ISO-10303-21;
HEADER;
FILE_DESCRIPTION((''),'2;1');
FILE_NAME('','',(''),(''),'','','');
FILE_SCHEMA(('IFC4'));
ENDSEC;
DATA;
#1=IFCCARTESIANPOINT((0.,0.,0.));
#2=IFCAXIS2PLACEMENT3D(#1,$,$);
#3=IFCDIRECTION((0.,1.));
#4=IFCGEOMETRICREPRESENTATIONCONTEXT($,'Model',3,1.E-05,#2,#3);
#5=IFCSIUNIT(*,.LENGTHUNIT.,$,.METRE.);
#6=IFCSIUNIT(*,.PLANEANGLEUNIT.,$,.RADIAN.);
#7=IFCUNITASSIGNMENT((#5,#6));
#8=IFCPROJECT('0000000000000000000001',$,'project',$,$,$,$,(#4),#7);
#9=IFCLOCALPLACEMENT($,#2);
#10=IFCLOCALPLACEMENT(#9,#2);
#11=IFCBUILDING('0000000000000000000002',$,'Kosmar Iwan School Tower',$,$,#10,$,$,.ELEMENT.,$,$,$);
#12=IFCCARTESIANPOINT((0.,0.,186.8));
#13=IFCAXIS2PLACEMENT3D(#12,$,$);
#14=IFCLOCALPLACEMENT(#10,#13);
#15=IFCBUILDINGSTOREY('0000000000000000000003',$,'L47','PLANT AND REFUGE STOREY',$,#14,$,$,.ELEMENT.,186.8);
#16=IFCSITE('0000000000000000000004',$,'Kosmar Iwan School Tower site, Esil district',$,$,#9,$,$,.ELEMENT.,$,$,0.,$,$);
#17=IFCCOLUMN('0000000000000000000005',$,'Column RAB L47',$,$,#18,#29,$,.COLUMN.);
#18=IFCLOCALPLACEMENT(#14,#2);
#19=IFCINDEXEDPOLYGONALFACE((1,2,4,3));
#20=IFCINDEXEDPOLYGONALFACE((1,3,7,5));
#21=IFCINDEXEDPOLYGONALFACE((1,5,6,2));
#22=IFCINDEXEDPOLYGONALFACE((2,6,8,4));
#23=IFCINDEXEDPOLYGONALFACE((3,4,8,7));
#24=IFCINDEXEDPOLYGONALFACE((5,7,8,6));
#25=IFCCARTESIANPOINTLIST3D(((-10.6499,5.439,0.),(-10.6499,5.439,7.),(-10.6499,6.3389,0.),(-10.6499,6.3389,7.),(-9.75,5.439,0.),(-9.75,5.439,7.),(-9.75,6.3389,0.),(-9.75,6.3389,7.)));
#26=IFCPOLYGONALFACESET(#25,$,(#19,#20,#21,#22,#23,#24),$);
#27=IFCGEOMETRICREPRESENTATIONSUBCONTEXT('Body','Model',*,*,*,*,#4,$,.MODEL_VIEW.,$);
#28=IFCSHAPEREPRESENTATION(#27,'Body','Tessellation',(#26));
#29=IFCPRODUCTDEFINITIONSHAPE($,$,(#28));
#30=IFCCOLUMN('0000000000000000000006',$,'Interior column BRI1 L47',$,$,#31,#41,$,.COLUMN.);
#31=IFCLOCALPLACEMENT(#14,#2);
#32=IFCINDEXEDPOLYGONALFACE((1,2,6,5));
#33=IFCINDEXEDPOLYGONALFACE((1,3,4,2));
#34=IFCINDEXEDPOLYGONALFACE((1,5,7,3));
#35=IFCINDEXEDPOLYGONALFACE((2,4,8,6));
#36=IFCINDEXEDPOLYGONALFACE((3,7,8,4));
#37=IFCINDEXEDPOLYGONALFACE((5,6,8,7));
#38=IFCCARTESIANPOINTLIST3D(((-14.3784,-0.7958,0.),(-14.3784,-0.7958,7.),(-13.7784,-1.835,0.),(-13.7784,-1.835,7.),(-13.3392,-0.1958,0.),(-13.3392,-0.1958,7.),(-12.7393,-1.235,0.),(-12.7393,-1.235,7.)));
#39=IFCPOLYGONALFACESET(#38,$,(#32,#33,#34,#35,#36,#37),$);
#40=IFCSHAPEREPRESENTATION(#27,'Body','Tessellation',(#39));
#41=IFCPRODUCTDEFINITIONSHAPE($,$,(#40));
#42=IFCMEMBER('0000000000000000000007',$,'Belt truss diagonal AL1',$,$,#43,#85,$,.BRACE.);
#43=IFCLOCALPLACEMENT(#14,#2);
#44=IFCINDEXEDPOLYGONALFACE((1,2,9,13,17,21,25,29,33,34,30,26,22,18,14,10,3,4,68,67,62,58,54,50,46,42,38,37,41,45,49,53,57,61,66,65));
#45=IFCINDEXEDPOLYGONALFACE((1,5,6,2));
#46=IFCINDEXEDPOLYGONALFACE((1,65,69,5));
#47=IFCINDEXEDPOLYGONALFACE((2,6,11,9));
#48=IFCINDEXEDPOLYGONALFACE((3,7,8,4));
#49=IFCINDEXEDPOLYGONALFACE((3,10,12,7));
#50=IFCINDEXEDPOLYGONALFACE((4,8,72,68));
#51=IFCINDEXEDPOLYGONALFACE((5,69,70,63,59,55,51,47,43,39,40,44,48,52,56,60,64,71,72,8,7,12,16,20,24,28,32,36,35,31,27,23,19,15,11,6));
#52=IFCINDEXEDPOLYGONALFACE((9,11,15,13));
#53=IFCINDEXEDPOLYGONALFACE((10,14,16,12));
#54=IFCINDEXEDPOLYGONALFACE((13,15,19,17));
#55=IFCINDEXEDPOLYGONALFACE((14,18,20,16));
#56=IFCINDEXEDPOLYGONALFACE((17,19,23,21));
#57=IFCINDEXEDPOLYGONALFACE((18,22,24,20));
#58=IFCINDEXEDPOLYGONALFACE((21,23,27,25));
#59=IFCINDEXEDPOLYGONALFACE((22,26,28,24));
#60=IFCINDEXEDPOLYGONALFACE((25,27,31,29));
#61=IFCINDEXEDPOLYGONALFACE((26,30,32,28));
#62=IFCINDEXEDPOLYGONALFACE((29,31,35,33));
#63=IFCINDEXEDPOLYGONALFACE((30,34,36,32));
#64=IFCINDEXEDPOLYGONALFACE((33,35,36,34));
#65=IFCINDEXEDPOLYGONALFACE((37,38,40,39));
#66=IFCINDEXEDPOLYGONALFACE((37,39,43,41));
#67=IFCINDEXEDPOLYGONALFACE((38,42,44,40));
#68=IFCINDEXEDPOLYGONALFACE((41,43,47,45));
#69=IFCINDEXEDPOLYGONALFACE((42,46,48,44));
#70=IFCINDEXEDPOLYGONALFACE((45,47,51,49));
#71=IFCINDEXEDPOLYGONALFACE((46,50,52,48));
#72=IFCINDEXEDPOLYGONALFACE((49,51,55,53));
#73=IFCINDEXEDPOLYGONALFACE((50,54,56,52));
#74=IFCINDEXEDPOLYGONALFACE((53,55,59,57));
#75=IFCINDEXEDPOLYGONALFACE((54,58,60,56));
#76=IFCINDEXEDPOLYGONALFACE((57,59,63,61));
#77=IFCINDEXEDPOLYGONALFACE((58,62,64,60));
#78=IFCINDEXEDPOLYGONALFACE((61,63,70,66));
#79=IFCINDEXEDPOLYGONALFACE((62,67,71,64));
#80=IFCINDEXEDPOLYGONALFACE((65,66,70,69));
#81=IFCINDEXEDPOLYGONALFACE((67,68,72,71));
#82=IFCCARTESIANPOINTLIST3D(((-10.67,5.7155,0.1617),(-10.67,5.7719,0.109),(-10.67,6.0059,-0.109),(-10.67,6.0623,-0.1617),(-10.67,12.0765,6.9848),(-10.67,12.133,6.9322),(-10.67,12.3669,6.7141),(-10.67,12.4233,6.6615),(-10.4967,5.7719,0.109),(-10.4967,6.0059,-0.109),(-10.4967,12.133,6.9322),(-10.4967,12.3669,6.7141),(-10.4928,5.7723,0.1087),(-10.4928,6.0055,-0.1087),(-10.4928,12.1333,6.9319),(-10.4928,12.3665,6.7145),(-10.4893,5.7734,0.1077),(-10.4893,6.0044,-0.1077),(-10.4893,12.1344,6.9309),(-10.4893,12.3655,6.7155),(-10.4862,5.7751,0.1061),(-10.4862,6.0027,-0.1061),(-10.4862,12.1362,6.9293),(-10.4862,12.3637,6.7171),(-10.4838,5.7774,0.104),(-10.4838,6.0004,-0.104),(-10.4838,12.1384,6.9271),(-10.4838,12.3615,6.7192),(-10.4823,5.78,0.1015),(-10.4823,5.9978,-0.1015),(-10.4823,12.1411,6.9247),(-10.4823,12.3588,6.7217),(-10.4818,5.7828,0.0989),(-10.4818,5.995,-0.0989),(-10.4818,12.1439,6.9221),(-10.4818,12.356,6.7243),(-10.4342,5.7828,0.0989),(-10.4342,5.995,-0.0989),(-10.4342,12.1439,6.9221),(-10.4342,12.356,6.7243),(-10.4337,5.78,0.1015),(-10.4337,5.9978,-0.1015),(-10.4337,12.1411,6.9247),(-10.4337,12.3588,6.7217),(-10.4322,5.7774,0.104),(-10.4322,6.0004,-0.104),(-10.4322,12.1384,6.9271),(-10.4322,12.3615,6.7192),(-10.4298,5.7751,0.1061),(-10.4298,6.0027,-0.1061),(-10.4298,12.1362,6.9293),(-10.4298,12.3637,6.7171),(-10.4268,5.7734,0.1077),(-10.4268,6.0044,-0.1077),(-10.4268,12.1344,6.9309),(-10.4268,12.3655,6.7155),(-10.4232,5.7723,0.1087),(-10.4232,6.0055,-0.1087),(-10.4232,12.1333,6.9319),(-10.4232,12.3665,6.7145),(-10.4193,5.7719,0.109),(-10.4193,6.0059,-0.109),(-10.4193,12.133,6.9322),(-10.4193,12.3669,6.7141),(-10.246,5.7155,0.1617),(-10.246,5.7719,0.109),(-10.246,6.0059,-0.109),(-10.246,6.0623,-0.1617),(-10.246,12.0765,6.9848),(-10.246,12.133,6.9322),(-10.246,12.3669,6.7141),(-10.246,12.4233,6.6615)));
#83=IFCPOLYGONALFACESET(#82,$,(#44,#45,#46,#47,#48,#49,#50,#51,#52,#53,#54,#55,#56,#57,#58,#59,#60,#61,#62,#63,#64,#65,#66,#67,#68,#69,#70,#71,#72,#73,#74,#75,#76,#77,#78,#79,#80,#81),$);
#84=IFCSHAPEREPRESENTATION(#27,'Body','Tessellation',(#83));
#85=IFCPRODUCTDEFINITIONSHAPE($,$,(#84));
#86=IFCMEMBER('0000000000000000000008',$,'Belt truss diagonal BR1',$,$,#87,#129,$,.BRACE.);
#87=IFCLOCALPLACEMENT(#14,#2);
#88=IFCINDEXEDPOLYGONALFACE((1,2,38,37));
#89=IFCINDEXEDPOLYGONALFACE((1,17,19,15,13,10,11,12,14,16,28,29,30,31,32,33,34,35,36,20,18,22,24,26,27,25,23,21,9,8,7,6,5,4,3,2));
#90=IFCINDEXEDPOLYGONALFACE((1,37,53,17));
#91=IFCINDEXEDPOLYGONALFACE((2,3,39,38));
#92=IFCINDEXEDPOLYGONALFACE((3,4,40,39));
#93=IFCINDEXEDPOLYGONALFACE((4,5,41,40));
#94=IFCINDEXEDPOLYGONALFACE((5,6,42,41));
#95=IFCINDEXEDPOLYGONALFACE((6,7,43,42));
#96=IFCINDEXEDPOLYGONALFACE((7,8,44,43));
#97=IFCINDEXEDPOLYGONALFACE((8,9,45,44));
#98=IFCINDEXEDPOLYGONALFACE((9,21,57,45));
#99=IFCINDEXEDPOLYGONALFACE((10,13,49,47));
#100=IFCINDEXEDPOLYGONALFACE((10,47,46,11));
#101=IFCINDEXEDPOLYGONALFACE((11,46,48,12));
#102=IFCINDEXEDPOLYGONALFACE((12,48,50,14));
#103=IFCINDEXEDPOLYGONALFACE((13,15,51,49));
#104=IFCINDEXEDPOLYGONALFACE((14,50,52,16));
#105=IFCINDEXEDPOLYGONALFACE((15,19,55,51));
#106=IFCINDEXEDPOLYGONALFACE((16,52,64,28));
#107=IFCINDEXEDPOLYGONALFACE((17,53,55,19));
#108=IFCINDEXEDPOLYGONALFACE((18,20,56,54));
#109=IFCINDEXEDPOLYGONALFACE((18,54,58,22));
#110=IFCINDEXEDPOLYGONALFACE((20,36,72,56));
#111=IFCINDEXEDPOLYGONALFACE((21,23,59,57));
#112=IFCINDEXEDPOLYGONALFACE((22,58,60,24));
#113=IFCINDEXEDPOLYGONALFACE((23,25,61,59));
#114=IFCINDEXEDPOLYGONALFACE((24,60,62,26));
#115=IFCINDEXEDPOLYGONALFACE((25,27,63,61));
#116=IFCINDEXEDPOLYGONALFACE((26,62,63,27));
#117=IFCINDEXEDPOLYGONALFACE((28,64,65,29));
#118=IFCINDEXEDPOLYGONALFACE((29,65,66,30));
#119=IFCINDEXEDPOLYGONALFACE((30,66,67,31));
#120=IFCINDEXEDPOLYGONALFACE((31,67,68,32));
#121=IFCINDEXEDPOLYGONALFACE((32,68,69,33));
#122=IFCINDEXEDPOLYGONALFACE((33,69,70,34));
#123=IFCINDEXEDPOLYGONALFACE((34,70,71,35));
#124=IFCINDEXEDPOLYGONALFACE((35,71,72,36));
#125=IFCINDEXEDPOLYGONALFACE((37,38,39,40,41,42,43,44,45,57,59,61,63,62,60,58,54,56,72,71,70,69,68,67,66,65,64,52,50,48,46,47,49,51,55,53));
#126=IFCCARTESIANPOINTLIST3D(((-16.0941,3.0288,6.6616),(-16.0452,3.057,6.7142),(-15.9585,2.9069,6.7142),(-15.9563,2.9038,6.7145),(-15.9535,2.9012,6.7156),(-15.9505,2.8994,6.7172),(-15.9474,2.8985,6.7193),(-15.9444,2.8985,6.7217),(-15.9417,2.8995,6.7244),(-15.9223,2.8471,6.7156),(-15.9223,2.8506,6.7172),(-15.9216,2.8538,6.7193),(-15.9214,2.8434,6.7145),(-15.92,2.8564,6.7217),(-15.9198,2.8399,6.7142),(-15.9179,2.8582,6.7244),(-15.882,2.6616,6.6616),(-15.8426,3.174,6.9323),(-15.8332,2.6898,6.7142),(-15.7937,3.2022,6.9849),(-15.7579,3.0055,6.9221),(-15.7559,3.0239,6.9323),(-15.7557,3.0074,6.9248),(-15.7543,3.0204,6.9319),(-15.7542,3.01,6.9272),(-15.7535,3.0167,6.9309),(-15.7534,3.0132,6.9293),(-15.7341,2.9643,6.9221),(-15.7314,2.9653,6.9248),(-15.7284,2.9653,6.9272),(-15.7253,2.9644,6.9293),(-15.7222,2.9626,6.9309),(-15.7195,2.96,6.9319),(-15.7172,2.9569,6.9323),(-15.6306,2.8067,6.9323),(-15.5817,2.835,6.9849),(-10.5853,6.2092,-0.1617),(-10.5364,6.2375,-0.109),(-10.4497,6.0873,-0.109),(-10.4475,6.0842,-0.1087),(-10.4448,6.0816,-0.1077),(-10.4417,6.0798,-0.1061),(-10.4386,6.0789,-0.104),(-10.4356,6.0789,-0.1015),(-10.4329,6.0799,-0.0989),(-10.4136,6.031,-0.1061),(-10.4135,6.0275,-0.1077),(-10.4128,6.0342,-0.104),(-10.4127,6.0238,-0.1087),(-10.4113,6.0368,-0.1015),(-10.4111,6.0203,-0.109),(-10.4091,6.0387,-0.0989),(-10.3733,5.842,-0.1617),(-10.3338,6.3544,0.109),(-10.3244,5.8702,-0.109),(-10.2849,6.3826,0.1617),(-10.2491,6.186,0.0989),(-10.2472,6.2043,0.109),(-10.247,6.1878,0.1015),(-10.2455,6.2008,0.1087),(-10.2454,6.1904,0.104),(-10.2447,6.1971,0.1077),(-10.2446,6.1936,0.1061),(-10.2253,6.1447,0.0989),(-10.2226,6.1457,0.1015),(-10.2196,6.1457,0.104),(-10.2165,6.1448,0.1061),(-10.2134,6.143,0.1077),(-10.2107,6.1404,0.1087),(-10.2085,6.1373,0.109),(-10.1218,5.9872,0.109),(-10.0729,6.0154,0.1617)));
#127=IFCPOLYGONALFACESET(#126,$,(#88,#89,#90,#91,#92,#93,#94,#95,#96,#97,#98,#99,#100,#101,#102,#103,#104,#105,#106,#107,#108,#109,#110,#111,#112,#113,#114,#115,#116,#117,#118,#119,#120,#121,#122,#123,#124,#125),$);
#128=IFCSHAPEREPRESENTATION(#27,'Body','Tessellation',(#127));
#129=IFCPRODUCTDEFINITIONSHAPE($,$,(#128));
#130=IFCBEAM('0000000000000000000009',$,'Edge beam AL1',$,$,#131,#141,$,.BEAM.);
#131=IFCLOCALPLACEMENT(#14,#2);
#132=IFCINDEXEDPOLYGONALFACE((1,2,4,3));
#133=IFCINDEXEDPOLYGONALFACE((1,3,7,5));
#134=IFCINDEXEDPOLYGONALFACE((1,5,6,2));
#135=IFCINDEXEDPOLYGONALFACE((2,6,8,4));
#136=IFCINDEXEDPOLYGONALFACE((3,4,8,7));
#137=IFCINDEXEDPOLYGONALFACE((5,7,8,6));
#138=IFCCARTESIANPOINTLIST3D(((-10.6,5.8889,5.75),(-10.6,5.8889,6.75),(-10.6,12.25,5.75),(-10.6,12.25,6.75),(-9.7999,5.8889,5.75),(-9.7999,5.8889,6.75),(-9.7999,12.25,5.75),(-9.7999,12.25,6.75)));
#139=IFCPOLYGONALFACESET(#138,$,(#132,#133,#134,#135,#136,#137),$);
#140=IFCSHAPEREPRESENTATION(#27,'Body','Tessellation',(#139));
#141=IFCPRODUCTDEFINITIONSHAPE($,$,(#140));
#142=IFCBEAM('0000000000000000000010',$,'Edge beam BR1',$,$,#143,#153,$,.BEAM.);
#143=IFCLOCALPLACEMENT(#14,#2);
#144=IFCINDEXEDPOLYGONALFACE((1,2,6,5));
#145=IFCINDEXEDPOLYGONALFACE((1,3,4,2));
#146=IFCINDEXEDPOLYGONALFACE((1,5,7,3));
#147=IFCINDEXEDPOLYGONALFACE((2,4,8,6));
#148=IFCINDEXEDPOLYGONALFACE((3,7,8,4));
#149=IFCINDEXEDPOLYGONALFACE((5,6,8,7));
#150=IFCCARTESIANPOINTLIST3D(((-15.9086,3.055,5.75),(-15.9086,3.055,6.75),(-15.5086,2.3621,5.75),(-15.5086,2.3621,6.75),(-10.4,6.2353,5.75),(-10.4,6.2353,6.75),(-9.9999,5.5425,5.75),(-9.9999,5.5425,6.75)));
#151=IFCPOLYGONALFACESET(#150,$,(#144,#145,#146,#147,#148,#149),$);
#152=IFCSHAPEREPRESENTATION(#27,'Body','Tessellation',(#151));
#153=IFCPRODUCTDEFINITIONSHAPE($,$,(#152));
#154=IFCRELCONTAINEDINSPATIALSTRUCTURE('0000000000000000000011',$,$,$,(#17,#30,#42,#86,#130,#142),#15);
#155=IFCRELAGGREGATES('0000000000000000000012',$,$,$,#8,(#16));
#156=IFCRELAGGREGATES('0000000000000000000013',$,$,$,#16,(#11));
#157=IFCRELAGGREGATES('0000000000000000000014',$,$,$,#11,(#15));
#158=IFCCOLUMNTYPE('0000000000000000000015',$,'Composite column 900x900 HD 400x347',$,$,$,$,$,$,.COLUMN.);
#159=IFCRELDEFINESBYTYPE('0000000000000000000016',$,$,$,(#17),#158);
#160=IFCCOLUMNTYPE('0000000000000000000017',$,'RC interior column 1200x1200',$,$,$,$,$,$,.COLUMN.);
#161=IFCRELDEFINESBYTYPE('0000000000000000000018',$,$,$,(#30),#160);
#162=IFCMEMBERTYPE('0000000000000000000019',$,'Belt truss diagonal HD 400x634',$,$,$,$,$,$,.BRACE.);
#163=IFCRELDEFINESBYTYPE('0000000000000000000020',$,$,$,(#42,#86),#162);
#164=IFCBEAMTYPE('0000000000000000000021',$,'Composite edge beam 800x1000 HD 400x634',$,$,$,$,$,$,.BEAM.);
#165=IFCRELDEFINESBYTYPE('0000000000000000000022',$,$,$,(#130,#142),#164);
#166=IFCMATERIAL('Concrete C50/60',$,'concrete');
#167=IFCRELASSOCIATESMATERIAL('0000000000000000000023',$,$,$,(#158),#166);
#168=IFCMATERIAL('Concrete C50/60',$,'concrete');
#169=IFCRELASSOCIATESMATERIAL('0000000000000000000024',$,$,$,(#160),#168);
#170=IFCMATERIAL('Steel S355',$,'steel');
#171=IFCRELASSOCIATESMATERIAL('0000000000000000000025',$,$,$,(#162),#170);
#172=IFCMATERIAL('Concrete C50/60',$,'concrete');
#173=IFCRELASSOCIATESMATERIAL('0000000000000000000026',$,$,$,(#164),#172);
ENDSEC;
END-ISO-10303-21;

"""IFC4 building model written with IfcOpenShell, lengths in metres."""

from ifc_helpers import new_model, si_unit, direction, frame, origin, origin_2d, place, context, subcontext, project, spatial, rectangle, i_section, extrude, material, material_profile, profile_set, type_object, element, save


model = new_model("IFC4")

# Units and contexts
model_context = context("Model", 3, precision=1e-05, world=origin(), true_north=direction((0.0, 1.0)))
body_context = subcontext(model_context, "Body", "Model", "MODEL_VIEW")
ifc_project = project(units=[si_unit("LENGTHUNIT", "METRE"), si_unit("PLANEANGLEUNIT", "RADIAN")], contexts=[model_context])

# Site, building, storey
site_placement = place(None, origin())
site = spatial("IfcSite", under=ifc_project, at=site_placement, Name="Kosmar Iwan School Tower site, Esil district", CompositionType="ELEMENT", RefElevation=0.0)
building_placement = place(site_placement, origin())
building = spatial("IfcBuilding", under=site, at=building_placement, Name="Kosmar Iwan School Tower", CompositionType="ELEMENT")
storey_placement = place(building_placement, frame((0.0, 0.0, 186.8)))
storey = spatial("IfcBuildingStorey", under=building, at=storey_placement, Name="L47", Description="PLANT AND REFUGE STOREY", CompositionType="ELEMENT", Elevation=186.8)

# Columns
ifc_material_1 = material(Name="Concrete C50/60", Category="concrete")
ifc_material_profile_1 = material_profile(ifc_material_1, rectangle(XDim=0.8999, YDim=0.8999, at=origin_2d()), Name="RC 900x900 + HD 400x347")
ifc_profile_set_1 = profile_set([ifc_material_profile_1], Name="Concrete C50/60")
column_type_1 = type_object("IfcColumnType", Name="Composite column 900x900 HD 400x347", PredefinedType="COLUMN", material=ifc_profile_set_1)
column_1_placement = place(storey_placement, frame((-10.2, 5.8889, 0.0), z_axis=(0.0, 0.0, 1.0), x_axis=(1.0, 0.0, 0.0)))
element("IfcColumn", 1, at=column_1_placement, inside=storey, type_object=column_type_1, Name="Column RAB L47", PredefinedType="COLUMN", context=body_context, shape_type="SweptSolid", body=[
    extrude(rectangle(XDim=0.8999, YDim=0.8999, at=origin_2d()), origin(), (0.0, 0.0, 1.0), 7.0),
])
ifc_material_2 = material(Name="Concrete C50/60", Category="concrete")
ifc_material_profile_2 = material_profile(ifc_material_2, rectangle(XDim=1.2, YDim=1.2, at=origin_2d()), Name="RC 1200x1200")
ifc_profile_set_2 = profile_set([ifc_material_profile_2], Name="Concrete C50/60")
column_type_2 = type_object("IfcColumnType", Name="RC interior column 1200x1200", PredefinedType="COLUMN", material=ifc_profile_set_2)
column_2_placement = place(storey_placement, frame((-13.5588, -1.0154, 0.0), z_axis=(0.0, 0.0, 1.0), x_axis=(-0.866025, -0.5, 0.0)))
element("IfcColumn", 2, at=column_2_placement, inside=storey, type_object=column_type_2, Name="Interior column BRI1 L47", PredefinedType="COLUMN", context=body_context, shape_type="SweptSolid", body=[
    extrude(rectangle(XDim=1.2, YDim=1.2, at=origin_2d()), origin(), (0.0, 0.0, 1.0), 7.0),
])

# Members
ifc_material_3 = material(Name="Steel S355", Category="steel")
ifc_material_profile_3 = material_profile(ifc_material_3, i_section(OverallWidth=0.4241, OverallDepth=0.4741, WebThickness=0.0476, FlangeThickness=0.0771, FilletRadius=0.0149, at=origin_2d()), Name="HD 400x634")
ifc_profile_set_3 = profile_set([ifc_material_profile_3], Name="Steel S355")
member_type = type_object("IfcMemberType", Name="Belt truss diagonal HD 400x634", PredefinedType="BRACE", material=ifc_profile_set_3)
for number, where, z_axis, x_axis, name in (
    (3, (-10.458, 5.8889, 0.0), (0.0, 0.681901, 0.731444), (-1.0, 0.0, 0.0), "Belt truss diagonal AL1"),
    (4, (-10.3291, 6.1123, 0.0), (-0.590542, -0.340941, 0.731451), (0.49999, -0.866031, 0.0), "Belt truss diagonal BR1"),
):
    element("IfcMember", number, at=place(storey_placement, frame(where, z_axis=z_axis, x_axis=x_axis)), inside=storey, type_object=member_type, Name=name, PredefinedType="BRACE", context=body_context, shape_type="SweptSolid", body=[
        extrude(i_section(OverallWidth=0.4241, OverallDepth=0.4741, WebThickness=0.0476, FlangeThickness=0.0771, FilletRadius=0.0149, at=origin_2d()), origin(), (0.0, 0.0, 1.0), 9.3284),
    ])

# Beams
ifc_material_4 = material(Name="Concrete C50/60", Category="concrete")
ifc_material_profile_4 = material_profile(ifc_material_4, rectangle(XDim=0.8, YDim=1.0, at=origin_2d()), Name="RC 800x1000 + HD 400x634")
ifc_profile_set_4 = profile_set([ifc_material_profile_4], Name="Concrete C50/60")
beam_type = type_object("IfcBeamType", Name="Composite edge beam 800x1000 HD 400x634", PredefinedType="BEAM", material=ifc_profile_set_4)
beam_1_placement = place(storey_placement, frame((-10.2, 5.8889, 6.25), z_axis=(0.0, 1.0, 0.0), x_axis=(-1.0, 0.0, 0.0)))
element("IfcBeam", 5, at=beam_1_placement, inside=storey, type_object=beam_type, Name="Edge beam AL1", PredefinedType="BEAM", context=body_context, shape_type="SweptSolid", body=[
    extrude(rectangle(XDim=0.8, YDim=1.0, at=origin_2d()), origin(), (0.0, 0.0, 1.0), 6.3611),
])
beam_2_placement = place(storey_placement, frame((-10.2, 5.8889, 6.25), z_axis=(-0.866031, -0.49999, 0.0), x_axis=(0.49999, -0.866031, 0.0)))
element("IfcBeam", 6, at=beam_2_placement, inside=storey, type_object=beam_type, Name="Edge beam BR1", PredefinedType="BEAM", context=body_context, shape_type="SweptSolid", body=[
    extrude(rectangle(XDim=0.8, YDim=1.0, at=origin_2d()), origin(), (0.0, 0.0, 1.0), 6.3608),
])

save(model, "model.ifc")
